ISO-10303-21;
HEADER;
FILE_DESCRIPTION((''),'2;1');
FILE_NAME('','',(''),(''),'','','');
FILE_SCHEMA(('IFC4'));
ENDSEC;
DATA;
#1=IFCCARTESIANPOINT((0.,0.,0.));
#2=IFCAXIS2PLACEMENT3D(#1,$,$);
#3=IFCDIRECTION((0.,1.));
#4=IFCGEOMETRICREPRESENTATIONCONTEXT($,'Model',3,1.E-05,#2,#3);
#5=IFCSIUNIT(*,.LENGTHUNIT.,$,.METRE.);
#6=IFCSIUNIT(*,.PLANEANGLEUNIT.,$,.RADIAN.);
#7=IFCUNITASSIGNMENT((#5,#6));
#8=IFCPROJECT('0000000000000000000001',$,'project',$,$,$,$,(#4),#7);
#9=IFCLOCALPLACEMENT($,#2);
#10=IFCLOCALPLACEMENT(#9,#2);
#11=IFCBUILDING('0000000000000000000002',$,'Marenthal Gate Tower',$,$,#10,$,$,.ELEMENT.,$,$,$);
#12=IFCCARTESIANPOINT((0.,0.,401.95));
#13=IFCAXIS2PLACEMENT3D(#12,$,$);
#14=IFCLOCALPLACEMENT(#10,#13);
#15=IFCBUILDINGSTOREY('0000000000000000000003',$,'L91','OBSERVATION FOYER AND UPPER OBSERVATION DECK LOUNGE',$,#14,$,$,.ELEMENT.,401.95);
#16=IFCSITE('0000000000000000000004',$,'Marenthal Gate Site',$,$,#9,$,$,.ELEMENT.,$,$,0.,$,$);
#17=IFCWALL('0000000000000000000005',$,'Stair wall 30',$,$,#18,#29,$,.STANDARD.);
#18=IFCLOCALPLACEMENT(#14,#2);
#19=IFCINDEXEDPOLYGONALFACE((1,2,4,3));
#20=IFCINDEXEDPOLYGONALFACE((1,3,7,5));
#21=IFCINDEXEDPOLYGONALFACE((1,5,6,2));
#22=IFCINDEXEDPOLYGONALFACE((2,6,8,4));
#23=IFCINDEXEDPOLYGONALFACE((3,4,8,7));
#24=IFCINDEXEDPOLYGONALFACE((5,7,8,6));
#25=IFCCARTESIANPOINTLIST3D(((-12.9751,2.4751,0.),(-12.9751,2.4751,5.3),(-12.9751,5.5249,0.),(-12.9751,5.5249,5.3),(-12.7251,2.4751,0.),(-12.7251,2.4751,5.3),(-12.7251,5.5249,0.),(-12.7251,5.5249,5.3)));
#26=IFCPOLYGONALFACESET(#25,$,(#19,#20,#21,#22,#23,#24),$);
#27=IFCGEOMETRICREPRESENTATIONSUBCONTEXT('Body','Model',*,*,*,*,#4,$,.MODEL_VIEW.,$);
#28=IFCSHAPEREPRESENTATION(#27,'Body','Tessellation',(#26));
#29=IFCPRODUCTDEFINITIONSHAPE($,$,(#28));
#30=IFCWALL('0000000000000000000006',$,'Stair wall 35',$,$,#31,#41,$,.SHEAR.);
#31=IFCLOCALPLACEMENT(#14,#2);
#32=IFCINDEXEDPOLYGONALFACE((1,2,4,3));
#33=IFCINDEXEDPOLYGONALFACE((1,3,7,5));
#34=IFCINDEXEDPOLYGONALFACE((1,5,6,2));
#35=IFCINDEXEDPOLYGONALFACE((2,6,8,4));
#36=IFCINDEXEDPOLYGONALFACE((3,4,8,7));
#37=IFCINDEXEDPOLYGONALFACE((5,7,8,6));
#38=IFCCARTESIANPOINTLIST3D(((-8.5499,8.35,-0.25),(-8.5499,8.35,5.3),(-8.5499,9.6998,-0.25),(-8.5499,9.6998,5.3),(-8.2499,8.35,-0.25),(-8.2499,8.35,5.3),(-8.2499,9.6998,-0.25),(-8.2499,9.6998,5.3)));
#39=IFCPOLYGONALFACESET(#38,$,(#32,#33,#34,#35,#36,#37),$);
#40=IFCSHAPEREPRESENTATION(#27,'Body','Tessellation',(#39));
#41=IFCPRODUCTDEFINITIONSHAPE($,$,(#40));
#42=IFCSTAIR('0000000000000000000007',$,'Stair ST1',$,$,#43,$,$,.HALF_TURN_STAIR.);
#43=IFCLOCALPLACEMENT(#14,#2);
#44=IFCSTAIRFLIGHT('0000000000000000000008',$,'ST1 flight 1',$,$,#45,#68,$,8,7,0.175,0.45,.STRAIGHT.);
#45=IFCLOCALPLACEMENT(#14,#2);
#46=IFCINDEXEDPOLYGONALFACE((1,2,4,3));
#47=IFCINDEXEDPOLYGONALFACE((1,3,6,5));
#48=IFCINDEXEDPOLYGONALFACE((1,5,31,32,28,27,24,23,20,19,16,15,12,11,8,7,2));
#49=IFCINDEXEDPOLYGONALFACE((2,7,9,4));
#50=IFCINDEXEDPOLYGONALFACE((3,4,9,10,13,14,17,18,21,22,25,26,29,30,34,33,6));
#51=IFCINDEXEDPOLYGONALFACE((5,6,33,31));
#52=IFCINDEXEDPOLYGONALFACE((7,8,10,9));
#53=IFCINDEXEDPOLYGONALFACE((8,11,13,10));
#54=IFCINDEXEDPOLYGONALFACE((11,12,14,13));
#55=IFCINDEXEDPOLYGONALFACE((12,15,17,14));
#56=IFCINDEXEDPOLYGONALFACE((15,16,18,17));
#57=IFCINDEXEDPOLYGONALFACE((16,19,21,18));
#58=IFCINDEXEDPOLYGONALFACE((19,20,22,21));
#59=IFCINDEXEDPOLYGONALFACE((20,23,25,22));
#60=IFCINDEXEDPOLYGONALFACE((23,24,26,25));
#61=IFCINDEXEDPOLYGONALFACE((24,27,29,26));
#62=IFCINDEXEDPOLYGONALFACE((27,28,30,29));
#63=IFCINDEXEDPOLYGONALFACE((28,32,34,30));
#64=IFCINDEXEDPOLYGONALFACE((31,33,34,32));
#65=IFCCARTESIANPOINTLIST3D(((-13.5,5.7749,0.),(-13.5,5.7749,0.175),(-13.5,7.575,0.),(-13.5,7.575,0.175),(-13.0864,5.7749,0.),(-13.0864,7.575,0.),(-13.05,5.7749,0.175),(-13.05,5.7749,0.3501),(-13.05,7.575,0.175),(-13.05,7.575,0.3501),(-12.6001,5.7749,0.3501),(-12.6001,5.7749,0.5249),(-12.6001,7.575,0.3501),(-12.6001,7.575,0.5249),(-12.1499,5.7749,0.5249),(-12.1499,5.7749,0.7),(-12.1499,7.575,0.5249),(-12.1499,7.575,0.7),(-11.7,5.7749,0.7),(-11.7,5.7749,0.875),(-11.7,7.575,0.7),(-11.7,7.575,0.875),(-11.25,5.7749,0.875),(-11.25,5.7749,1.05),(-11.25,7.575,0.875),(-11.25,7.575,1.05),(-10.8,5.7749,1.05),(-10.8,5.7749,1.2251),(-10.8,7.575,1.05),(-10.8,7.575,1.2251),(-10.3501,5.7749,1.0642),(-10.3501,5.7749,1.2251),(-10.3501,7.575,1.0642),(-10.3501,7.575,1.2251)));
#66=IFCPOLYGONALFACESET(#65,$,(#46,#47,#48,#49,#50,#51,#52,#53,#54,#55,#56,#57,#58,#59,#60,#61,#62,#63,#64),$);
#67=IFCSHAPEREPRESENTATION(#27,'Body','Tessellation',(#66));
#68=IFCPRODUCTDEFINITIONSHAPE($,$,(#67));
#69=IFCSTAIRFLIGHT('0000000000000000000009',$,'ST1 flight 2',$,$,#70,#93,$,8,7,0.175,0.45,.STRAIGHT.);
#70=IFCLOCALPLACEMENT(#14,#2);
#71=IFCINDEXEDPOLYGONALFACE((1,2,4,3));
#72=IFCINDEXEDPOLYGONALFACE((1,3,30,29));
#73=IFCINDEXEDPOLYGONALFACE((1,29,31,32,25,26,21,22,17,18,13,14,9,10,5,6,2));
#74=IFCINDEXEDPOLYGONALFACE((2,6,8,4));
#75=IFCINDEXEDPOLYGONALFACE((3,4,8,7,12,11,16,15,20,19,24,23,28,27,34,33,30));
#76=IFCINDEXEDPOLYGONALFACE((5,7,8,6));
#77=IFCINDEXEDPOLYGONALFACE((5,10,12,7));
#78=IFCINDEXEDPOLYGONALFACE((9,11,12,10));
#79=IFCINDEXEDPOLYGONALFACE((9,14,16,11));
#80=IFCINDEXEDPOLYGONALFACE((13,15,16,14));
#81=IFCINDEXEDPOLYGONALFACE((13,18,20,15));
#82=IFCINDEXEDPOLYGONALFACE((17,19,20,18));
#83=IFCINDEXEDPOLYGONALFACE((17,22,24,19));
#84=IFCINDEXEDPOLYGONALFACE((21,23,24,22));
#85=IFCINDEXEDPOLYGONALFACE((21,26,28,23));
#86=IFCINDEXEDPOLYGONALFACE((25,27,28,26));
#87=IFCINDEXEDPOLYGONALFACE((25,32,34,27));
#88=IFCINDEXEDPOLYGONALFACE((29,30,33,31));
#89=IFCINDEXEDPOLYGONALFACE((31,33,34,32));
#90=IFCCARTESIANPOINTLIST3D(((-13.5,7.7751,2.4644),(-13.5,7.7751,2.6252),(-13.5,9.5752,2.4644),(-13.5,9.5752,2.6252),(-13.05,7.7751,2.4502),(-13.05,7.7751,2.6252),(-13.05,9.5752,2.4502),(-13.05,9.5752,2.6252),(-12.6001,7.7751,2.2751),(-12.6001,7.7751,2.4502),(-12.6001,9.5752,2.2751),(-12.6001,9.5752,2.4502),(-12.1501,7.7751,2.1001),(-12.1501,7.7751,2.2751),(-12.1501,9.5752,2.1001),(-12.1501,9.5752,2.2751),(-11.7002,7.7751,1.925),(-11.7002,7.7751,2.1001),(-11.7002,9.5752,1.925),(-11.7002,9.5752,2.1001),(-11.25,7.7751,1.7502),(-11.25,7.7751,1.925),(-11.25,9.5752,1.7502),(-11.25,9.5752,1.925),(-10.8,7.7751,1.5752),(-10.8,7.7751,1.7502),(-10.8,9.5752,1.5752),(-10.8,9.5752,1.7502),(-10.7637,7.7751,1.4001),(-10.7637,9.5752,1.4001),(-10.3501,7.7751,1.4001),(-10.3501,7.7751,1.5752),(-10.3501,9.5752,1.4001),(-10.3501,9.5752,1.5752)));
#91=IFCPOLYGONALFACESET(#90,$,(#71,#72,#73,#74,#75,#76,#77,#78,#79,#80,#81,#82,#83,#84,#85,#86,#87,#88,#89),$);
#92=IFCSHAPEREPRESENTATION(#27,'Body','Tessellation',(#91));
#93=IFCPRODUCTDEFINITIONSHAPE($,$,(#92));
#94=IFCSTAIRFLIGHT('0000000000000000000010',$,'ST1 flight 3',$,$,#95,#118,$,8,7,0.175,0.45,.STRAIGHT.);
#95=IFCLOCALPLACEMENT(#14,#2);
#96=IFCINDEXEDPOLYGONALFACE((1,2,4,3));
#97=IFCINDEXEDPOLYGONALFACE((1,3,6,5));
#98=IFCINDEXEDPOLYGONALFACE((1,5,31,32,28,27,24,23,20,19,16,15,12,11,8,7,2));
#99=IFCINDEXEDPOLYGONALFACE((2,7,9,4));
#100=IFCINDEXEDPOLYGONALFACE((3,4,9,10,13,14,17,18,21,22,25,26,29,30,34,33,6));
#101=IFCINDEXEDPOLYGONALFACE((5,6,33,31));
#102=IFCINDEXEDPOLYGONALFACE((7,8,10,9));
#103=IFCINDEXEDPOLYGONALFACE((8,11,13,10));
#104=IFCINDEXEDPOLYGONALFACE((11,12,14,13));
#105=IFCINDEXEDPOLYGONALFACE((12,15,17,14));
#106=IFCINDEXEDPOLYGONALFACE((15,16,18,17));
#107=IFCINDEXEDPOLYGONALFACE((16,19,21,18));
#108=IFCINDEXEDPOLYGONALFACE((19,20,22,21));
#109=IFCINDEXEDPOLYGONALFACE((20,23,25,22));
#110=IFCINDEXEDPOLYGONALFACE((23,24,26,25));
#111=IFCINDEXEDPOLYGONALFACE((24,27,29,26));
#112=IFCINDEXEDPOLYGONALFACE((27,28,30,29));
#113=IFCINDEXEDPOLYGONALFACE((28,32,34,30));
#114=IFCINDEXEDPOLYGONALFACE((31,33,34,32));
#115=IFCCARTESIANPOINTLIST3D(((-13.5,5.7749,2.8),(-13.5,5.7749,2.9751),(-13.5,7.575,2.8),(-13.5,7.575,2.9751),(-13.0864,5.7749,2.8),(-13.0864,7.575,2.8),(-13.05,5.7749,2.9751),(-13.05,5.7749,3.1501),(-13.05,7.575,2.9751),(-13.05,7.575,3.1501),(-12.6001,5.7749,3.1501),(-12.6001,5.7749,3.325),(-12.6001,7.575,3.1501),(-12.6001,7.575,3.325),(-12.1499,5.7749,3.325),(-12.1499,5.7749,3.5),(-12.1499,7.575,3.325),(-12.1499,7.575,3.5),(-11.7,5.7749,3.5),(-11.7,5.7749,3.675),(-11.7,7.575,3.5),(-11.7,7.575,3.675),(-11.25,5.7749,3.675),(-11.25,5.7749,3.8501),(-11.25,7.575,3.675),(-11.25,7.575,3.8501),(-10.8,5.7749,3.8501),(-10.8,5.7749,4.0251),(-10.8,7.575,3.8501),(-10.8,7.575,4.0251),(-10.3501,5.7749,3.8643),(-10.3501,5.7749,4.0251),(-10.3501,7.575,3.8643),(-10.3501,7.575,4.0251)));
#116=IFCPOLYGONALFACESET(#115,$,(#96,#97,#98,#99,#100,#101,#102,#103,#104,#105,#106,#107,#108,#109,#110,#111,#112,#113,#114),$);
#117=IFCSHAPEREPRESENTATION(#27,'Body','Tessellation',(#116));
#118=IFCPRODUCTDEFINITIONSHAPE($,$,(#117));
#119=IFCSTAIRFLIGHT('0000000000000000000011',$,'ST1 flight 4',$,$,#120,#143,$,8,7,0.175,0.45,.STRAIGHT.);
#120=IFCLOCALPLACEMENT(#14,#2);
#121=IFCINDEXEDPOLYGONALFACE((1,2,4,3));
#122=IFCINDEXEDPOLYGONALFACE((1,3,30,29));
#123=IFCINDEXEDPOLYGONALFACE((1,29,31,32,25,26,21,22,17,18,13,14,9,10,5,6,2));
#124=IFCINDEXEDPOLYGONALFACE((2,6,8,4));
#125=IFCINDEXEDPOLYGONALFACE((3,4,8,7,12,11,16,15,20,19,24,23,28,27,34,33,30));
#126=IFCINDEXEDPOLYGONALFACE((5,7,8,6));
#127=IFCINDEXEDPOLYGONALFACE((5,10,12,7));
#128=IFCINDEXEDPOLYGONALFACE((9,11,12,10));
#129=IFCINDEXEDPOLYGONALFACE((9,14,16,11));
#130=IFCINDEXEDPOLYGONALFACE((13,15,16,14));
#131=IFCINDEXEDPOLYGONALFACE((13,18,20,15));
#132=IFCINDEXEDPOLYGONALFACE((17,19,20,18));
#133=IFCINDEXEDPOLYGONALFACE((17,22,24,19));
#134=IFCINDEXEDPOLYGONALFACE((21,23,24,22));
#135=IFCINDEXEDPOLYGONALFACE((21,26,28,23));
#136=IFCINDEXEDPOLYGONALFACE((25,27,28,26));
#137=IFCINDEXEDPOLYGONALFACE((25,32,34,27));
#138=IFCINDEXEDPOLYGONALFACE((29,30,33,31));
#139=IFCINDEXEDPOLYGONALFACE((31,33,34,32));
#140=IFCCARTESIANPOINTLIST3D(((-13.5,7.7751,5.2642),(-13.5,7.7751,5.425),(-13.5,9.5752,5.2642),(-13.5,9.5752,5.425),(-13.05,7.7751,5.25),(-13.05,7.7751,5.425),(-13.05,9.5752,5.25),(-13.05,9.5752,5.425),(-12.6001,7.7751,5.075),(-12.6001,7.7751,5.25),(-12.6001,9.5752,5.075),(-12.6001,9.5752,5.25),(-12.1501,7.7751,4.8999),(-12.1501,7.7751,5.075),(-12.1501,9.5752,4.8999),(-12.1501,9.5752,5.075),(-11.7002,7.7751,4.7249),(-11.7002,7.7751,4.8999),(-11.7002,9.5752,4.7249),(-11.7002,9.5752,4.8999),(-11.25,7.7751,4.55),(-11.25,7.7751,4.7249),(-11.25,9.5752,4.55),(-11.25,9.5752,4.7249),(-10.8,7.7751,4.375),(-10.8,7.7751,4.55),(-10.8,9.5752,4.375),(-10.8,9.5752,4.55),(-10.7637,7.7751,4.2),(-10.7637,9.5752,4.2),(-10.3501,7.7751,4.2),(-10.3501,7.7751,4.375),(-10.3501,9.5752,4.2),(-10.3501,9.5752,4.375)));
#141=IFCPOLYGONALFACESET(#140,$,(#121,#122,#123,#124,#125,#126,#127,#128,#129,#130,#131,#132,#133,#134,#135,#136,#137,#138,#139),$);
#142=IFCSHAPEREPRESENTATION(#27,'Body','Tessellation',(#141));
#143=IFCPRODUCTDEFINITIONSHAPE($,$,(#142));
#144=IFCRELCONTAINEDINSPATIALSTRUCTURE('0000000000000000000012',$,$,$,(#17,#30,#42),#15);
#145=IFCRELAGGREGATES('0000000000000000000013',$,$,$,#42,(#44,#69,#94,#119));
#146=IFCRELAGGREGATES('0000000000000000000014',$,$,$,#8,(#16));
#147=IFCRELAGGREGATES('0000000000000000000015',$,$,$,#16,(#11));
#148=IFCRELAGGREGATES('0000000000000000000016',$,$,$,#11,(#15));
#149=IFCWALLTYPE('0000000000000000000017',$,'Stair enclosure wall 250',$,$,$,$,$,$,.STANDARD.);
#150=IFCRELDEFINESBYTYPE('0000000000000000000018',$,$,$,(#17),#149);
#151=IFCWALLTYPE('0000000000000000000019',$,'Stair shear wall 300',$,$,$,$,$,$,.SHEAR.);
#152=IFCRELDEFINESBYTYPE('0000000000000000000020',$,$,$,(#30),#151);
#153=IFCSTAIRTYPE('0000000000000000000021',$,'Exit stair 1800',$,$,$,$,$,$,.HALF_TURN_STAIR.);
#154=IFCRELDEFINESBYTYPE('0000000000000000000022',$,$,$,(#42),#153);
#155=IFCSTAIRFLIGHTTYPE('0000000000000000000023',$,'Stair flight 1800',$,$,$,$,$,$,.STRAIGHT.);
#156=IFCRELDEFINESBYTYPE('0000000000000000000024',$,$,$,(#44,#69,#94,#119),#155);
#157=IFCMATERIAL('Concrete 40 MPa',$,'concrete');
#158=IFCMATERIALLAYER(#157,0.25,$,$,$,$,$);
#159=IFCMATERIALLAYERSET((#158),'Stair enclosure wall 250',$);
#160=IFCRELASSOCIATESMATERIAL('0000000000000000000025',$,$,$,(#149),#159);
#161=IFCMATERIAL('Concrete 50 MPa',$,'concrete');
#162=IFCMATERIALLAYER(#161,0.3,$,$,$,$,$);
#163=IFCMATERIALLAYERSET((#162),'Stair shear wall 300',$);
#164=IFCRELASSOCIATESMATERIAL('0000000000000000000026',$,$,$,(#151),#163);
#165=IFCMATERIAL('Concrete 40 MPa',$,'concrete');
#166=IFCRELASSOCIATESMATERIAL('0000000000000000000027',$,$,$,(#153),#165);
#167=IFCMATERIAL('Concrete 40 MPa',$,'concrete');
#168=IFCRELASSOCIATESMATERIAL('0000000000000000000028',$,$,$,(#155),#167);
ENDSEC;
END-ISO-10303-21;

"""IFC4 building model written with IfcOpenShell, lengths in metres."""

from ifc_helpers import new_model, si_unit, direction, frame, frame_2d, origin, place, context, subcontext, project, spatial, polyline, rectangle, outline, extrude, material, layer, layer_set, type_object, element, aggregate, save


model = new_model("IFC4")

# Units and contexts
model_context = context("Model", 3, precision=1e-05, world=origin(), true_north=direction((0.0, 1.0)))
body_context = subcontext(model_context, "Body", "Model", "MODEL_VIEW")
ifc_project = project(units=[si_unit("LENGTHUNIT", "METRE"), si_unit("PLANEANGLEUNIT", "RADIAN")], contexts=[model_context])

# Site, building, storey
site_placement = place(None, origin())
site = spatial("IfcSite", under=ifc_project, at=site_placement, Name="Marenthal Gate Site", CompositionType="ELEMENT", RefElevation=0.0)
building_placement = place(site_placement, origin())
building = spatial("IfcBuilding", under=site, at=building_placement, Name="Marenthal Gate Tower", CompositionType="ELEMENT")
storey_placement = place(building_placement, frame((0.0, 0.0, 401.95)))
storey = spatial("IfcBuildingStorey", under=building, at=storey_placement, Name="L91", Description="OBSERVATION FOYER AND UPPER OBSERVATION DECK LOUNGE", CompositionType="ELEMENT", Elevation=401.95)

# Walls
ifc_material_1 = material(Name="Concrete 40 MPa", Category="concrete")
ifc_layer_1 = layer(ifc_material_1, 0.25)
ifc_layer_set_1 = layer_set([ifc_layer_1], Name="Stair enclosure wall 250")
wall_type_1 = type_object("IfcWallType", Name="Stair enclosure wall 250", PredefinedType="STANDARD", material=ifc_layer_set_1)
wall_1_placement = place(storey_placement, frame((-12.8501, 2.4751, 0.0), z_axis=(0.0, 0.0, 1.0), x_axis=(0.0, 1.0, 0.0)))
element("IfcWall", 1, at=wall_1_placement, inside=storey, type_object=wall_type_1, Name="Stair wall 30", PredefinedType="STANDARD", context=body_context, shape_type="SweptSolid", body=[
    extrude(rectangle(XDim=3.0498, YDim=0.25, at=frame_2d((1.5249, 0.0))), origin(), (0.0, 0.0, 1.0), 5.3),
])
ifc_material_2 = material(Name="Concrete 50 MPa", Category="concrete")
ifc_layer_2 = layer(ifc_material_2, 0.3)
ifc_layer_set_2 = layer_set([ifc_layer_2], Name="Stair shear wall 300")
wall_type_2 = type_object("IfcWallType", Name="Stair shear wall 300", PredefinedType="SHEAR", material=ifc_layer_set_2)
wall_2_placement = place(storey_placement, frame((-8.3999, 8.3501, -0.25), z_axis=(0.0, 0.0, 1.0), x_axis=(0.0, 1.0, 0.0)))
element("IfcWall", 2, at=wall_2_placement, inside=storey, type_object=wall_type_2, Name="Stair wall 35", PredefinedType="SHEAR", context=body_context, shape_type="SweptSolid", body=[
    extrude(rectangle(XDim=1.3499, YDim=0.3, at=frame_2d((0.6748, 0.0))), origin(), (0.0, 0.0, 1.0), 5.55),
])

# Stair, stair flights
ifc_material_3 = material(Name="Concrete 40 MPa", Category="concrete")
stair_type = type_object("IfcStairType", Name="Exit stair 1800", PredefinedType="HALF_TURN_STAIR", material=ifc_material_3)
stair_placement = place(storey_placement, origin())
stair = element("IfcStair", 3, at=stair_placement, inside=storey, type_object=stair_type, Name="Stair ST1", PredefinedType="HALF_TURN_STAIR")
ifc_material_4 = material(Name="Concrete 40 MPa", Category="concrete")
stair_flight_type = type_object("IfcStairFlightType", Name="Stair flight 1800", PredefinedType="STRAIGHT", material=ifc_material_4)
stair_flight_1_placement = place(storey_placement, frame((-13.5, 6.675, 0.0), z_axis=(0.0, 0.0, 1.0), x_axis=(1.0, 0.0, 0.0)))
stair_flight_1 = element("IfcStairFlight", 4, at=stair_flight_1_placement, type_object=stair_flight_type, Name="ST1 flight 1", NumberOfRisers=8, NumberOfTreads=7, PredefinedType="STRAIGHT", RiserHeight=0.175, TreadLength=0.45, context=body_context, shape_type="SweptSolid", body=[
    extrude(outline(polyline([(0.0, 0.0), (0.0, 0.175), (0.45, 0.175), (0.45, 0.3501), (0.8999, 0.3501), (0.8999, 0.5249), (1.3501, 0.5249), (1.3501, 0.7), (1.8, 0.7), (1.8, 0.875), (2.25, 0.875), (2.25, 1.05), (2.7, 1.05), (2.7, 1.2251), (3.1499, 1.2251), (3.1499, 1.3999), (3.1499, 1.0642), (0.4136, 0.0), (0.0, 0.0)])), frame((0.0, 0.8999, 0.0), z_axis=(0.0, -1.0, 0.0), x_axis=(1.0, 0.0, 0.0)), (0.0, 0.0, 1.0), 1.8),
])
stair_flight_2_placement = place(storey_placement, frame((-10.3501, 8.675, 1.4001), z_axis=(0.0, 0.0, 1.0), x_axis=(-1.0, 0.0, 0.0)))
stair_flight_2 = element("IfcStairFlight", 5, at=stair_flight_2_placement, type_object=stair_flight_type, Name="ST1 flight 2", NumberOfRisers=8, NumberOfTreads=7, PredefinedType="STRAIGHT", RiserHeight=0.175, TreadLength=0.45, context=body_context, shape_type="SweptSolid", body=[
    extrude(outline(polyline([(0.0, 0.0), (0.0, 0.175), (0.45, 0.175), (0.45, 0.3501), (0.8999, 0.3501), (0.8999, 0.5249), (1.3501, 0.5249), (1.3501, 0.7), (1.8, 0.7), (1.8, 0.875), (2.25, 0.875), (2.25, 1.05), (2.7, 1.05), (2.7, 1.2251), (3.1499, 1.2251), (3.1499, 1.3999), (3.1499, 1.0642), (0.4136, 0.0), (0.0, 0.0)])), frame((0.0, 0.8999, 0.0), z_axis=(0.0, -1.0, 0.0), x_axis=(1.0, 0.0, 0.0)), (0.0, 0.0, 1.0), 1.8),
])
stair_flight_3_placement = place(storey_placement, frame((-13.5, 6.675, 2.8), z_axis=(0.0, 0.0, 1.0), x_axis=(1.0, 0.0, 0.0)))
stair_flight_3 = element("IfcStairFlight", 6, at=stair_flight_3_placement, type_object=stair_flight_type, Name="ST1 flight 3", NumberOfRisers=8, NumberOfTreads=7, PredefinedType="STRAIGHT", RiserHeight=0.175, TreadLength=0.45, context=body_context, shape_type="SweptSolid", body=[
    extrude(outline(polyline([(0.0, 0.0), (0.0, 0.175), (0.45, 0.175), (0.45, 0.3501), (0.8999, 0.3501), (0.8999, 0.5249), (1.3501, 0.5249), (1.3501, 0.7), (1.8, 0.7), (1.8, 0.875), (2.25, 0.875), (2.25, 1.05), (2.7, 1.05), (2.7, 1.2251), (3.1499, 1.2251), (3.1499, 1.3999), (3.1499, 1.0642), (0.4136, 0.0), (0.0, 0.0)])), frame((0.0, 0.8999, 0.0), z_axis=(0.0, -1.0, 0.0), x_axis=(1.0, 0.0, 0.0)), (0.0, 0.0, 1.0), 1.8),
])
stair_flight_4_placement = place(storey_placement, frame((-10.3501, 8.675, 4.2), z_axis=(0.0, 0.0, 1.0), x_axis=(-1.0, 0.0, 0.0)))
stair_flight_4 = element("IfcStairFlight", 7, at=stair_flight_4_placement, type_object=stair_flight_type, Name="ST1 flight 4", NumberOfRisers=8, NumberOfTreads=7, PredefinedType="STRAIGHT", RiserHeight=0.175, TreadLength=0.45, context=body_context, shape_type="SweptSolid", body=[
    extrude(outline(polyline([(0.0, 0.0), (0.0, 0.175), (0.45, 0.175), (0.45, 0.3501), (0.8999, 0.3501), (0.8999, 0.5249), (1.3501, 0.5249), (1.3501, 0.7), (1.8, 0.7), (1.8, 0.875), (2.25, 0.875), (2.25, 1.05), (2.7, 1.05), (2.7, 1.2251), (3.1499, 1.2251), (3.1499, 1.3999), (3.1499, 1.0642), (0.4136, 0.0), (0.0, 0.0)])), frame((0.0, 0.8999, 0.0), z_axis=(0.0, -1.0, 0.0), x_axis=(1.0, 0.0, 0.0)), (0.0, 0.0, 1.0), 1.8),
])
aggregate(stair, [stair_flight_1, stair_flight_2, stair_flight_3, stair_flight_4])

save(model, "model.ifc")
